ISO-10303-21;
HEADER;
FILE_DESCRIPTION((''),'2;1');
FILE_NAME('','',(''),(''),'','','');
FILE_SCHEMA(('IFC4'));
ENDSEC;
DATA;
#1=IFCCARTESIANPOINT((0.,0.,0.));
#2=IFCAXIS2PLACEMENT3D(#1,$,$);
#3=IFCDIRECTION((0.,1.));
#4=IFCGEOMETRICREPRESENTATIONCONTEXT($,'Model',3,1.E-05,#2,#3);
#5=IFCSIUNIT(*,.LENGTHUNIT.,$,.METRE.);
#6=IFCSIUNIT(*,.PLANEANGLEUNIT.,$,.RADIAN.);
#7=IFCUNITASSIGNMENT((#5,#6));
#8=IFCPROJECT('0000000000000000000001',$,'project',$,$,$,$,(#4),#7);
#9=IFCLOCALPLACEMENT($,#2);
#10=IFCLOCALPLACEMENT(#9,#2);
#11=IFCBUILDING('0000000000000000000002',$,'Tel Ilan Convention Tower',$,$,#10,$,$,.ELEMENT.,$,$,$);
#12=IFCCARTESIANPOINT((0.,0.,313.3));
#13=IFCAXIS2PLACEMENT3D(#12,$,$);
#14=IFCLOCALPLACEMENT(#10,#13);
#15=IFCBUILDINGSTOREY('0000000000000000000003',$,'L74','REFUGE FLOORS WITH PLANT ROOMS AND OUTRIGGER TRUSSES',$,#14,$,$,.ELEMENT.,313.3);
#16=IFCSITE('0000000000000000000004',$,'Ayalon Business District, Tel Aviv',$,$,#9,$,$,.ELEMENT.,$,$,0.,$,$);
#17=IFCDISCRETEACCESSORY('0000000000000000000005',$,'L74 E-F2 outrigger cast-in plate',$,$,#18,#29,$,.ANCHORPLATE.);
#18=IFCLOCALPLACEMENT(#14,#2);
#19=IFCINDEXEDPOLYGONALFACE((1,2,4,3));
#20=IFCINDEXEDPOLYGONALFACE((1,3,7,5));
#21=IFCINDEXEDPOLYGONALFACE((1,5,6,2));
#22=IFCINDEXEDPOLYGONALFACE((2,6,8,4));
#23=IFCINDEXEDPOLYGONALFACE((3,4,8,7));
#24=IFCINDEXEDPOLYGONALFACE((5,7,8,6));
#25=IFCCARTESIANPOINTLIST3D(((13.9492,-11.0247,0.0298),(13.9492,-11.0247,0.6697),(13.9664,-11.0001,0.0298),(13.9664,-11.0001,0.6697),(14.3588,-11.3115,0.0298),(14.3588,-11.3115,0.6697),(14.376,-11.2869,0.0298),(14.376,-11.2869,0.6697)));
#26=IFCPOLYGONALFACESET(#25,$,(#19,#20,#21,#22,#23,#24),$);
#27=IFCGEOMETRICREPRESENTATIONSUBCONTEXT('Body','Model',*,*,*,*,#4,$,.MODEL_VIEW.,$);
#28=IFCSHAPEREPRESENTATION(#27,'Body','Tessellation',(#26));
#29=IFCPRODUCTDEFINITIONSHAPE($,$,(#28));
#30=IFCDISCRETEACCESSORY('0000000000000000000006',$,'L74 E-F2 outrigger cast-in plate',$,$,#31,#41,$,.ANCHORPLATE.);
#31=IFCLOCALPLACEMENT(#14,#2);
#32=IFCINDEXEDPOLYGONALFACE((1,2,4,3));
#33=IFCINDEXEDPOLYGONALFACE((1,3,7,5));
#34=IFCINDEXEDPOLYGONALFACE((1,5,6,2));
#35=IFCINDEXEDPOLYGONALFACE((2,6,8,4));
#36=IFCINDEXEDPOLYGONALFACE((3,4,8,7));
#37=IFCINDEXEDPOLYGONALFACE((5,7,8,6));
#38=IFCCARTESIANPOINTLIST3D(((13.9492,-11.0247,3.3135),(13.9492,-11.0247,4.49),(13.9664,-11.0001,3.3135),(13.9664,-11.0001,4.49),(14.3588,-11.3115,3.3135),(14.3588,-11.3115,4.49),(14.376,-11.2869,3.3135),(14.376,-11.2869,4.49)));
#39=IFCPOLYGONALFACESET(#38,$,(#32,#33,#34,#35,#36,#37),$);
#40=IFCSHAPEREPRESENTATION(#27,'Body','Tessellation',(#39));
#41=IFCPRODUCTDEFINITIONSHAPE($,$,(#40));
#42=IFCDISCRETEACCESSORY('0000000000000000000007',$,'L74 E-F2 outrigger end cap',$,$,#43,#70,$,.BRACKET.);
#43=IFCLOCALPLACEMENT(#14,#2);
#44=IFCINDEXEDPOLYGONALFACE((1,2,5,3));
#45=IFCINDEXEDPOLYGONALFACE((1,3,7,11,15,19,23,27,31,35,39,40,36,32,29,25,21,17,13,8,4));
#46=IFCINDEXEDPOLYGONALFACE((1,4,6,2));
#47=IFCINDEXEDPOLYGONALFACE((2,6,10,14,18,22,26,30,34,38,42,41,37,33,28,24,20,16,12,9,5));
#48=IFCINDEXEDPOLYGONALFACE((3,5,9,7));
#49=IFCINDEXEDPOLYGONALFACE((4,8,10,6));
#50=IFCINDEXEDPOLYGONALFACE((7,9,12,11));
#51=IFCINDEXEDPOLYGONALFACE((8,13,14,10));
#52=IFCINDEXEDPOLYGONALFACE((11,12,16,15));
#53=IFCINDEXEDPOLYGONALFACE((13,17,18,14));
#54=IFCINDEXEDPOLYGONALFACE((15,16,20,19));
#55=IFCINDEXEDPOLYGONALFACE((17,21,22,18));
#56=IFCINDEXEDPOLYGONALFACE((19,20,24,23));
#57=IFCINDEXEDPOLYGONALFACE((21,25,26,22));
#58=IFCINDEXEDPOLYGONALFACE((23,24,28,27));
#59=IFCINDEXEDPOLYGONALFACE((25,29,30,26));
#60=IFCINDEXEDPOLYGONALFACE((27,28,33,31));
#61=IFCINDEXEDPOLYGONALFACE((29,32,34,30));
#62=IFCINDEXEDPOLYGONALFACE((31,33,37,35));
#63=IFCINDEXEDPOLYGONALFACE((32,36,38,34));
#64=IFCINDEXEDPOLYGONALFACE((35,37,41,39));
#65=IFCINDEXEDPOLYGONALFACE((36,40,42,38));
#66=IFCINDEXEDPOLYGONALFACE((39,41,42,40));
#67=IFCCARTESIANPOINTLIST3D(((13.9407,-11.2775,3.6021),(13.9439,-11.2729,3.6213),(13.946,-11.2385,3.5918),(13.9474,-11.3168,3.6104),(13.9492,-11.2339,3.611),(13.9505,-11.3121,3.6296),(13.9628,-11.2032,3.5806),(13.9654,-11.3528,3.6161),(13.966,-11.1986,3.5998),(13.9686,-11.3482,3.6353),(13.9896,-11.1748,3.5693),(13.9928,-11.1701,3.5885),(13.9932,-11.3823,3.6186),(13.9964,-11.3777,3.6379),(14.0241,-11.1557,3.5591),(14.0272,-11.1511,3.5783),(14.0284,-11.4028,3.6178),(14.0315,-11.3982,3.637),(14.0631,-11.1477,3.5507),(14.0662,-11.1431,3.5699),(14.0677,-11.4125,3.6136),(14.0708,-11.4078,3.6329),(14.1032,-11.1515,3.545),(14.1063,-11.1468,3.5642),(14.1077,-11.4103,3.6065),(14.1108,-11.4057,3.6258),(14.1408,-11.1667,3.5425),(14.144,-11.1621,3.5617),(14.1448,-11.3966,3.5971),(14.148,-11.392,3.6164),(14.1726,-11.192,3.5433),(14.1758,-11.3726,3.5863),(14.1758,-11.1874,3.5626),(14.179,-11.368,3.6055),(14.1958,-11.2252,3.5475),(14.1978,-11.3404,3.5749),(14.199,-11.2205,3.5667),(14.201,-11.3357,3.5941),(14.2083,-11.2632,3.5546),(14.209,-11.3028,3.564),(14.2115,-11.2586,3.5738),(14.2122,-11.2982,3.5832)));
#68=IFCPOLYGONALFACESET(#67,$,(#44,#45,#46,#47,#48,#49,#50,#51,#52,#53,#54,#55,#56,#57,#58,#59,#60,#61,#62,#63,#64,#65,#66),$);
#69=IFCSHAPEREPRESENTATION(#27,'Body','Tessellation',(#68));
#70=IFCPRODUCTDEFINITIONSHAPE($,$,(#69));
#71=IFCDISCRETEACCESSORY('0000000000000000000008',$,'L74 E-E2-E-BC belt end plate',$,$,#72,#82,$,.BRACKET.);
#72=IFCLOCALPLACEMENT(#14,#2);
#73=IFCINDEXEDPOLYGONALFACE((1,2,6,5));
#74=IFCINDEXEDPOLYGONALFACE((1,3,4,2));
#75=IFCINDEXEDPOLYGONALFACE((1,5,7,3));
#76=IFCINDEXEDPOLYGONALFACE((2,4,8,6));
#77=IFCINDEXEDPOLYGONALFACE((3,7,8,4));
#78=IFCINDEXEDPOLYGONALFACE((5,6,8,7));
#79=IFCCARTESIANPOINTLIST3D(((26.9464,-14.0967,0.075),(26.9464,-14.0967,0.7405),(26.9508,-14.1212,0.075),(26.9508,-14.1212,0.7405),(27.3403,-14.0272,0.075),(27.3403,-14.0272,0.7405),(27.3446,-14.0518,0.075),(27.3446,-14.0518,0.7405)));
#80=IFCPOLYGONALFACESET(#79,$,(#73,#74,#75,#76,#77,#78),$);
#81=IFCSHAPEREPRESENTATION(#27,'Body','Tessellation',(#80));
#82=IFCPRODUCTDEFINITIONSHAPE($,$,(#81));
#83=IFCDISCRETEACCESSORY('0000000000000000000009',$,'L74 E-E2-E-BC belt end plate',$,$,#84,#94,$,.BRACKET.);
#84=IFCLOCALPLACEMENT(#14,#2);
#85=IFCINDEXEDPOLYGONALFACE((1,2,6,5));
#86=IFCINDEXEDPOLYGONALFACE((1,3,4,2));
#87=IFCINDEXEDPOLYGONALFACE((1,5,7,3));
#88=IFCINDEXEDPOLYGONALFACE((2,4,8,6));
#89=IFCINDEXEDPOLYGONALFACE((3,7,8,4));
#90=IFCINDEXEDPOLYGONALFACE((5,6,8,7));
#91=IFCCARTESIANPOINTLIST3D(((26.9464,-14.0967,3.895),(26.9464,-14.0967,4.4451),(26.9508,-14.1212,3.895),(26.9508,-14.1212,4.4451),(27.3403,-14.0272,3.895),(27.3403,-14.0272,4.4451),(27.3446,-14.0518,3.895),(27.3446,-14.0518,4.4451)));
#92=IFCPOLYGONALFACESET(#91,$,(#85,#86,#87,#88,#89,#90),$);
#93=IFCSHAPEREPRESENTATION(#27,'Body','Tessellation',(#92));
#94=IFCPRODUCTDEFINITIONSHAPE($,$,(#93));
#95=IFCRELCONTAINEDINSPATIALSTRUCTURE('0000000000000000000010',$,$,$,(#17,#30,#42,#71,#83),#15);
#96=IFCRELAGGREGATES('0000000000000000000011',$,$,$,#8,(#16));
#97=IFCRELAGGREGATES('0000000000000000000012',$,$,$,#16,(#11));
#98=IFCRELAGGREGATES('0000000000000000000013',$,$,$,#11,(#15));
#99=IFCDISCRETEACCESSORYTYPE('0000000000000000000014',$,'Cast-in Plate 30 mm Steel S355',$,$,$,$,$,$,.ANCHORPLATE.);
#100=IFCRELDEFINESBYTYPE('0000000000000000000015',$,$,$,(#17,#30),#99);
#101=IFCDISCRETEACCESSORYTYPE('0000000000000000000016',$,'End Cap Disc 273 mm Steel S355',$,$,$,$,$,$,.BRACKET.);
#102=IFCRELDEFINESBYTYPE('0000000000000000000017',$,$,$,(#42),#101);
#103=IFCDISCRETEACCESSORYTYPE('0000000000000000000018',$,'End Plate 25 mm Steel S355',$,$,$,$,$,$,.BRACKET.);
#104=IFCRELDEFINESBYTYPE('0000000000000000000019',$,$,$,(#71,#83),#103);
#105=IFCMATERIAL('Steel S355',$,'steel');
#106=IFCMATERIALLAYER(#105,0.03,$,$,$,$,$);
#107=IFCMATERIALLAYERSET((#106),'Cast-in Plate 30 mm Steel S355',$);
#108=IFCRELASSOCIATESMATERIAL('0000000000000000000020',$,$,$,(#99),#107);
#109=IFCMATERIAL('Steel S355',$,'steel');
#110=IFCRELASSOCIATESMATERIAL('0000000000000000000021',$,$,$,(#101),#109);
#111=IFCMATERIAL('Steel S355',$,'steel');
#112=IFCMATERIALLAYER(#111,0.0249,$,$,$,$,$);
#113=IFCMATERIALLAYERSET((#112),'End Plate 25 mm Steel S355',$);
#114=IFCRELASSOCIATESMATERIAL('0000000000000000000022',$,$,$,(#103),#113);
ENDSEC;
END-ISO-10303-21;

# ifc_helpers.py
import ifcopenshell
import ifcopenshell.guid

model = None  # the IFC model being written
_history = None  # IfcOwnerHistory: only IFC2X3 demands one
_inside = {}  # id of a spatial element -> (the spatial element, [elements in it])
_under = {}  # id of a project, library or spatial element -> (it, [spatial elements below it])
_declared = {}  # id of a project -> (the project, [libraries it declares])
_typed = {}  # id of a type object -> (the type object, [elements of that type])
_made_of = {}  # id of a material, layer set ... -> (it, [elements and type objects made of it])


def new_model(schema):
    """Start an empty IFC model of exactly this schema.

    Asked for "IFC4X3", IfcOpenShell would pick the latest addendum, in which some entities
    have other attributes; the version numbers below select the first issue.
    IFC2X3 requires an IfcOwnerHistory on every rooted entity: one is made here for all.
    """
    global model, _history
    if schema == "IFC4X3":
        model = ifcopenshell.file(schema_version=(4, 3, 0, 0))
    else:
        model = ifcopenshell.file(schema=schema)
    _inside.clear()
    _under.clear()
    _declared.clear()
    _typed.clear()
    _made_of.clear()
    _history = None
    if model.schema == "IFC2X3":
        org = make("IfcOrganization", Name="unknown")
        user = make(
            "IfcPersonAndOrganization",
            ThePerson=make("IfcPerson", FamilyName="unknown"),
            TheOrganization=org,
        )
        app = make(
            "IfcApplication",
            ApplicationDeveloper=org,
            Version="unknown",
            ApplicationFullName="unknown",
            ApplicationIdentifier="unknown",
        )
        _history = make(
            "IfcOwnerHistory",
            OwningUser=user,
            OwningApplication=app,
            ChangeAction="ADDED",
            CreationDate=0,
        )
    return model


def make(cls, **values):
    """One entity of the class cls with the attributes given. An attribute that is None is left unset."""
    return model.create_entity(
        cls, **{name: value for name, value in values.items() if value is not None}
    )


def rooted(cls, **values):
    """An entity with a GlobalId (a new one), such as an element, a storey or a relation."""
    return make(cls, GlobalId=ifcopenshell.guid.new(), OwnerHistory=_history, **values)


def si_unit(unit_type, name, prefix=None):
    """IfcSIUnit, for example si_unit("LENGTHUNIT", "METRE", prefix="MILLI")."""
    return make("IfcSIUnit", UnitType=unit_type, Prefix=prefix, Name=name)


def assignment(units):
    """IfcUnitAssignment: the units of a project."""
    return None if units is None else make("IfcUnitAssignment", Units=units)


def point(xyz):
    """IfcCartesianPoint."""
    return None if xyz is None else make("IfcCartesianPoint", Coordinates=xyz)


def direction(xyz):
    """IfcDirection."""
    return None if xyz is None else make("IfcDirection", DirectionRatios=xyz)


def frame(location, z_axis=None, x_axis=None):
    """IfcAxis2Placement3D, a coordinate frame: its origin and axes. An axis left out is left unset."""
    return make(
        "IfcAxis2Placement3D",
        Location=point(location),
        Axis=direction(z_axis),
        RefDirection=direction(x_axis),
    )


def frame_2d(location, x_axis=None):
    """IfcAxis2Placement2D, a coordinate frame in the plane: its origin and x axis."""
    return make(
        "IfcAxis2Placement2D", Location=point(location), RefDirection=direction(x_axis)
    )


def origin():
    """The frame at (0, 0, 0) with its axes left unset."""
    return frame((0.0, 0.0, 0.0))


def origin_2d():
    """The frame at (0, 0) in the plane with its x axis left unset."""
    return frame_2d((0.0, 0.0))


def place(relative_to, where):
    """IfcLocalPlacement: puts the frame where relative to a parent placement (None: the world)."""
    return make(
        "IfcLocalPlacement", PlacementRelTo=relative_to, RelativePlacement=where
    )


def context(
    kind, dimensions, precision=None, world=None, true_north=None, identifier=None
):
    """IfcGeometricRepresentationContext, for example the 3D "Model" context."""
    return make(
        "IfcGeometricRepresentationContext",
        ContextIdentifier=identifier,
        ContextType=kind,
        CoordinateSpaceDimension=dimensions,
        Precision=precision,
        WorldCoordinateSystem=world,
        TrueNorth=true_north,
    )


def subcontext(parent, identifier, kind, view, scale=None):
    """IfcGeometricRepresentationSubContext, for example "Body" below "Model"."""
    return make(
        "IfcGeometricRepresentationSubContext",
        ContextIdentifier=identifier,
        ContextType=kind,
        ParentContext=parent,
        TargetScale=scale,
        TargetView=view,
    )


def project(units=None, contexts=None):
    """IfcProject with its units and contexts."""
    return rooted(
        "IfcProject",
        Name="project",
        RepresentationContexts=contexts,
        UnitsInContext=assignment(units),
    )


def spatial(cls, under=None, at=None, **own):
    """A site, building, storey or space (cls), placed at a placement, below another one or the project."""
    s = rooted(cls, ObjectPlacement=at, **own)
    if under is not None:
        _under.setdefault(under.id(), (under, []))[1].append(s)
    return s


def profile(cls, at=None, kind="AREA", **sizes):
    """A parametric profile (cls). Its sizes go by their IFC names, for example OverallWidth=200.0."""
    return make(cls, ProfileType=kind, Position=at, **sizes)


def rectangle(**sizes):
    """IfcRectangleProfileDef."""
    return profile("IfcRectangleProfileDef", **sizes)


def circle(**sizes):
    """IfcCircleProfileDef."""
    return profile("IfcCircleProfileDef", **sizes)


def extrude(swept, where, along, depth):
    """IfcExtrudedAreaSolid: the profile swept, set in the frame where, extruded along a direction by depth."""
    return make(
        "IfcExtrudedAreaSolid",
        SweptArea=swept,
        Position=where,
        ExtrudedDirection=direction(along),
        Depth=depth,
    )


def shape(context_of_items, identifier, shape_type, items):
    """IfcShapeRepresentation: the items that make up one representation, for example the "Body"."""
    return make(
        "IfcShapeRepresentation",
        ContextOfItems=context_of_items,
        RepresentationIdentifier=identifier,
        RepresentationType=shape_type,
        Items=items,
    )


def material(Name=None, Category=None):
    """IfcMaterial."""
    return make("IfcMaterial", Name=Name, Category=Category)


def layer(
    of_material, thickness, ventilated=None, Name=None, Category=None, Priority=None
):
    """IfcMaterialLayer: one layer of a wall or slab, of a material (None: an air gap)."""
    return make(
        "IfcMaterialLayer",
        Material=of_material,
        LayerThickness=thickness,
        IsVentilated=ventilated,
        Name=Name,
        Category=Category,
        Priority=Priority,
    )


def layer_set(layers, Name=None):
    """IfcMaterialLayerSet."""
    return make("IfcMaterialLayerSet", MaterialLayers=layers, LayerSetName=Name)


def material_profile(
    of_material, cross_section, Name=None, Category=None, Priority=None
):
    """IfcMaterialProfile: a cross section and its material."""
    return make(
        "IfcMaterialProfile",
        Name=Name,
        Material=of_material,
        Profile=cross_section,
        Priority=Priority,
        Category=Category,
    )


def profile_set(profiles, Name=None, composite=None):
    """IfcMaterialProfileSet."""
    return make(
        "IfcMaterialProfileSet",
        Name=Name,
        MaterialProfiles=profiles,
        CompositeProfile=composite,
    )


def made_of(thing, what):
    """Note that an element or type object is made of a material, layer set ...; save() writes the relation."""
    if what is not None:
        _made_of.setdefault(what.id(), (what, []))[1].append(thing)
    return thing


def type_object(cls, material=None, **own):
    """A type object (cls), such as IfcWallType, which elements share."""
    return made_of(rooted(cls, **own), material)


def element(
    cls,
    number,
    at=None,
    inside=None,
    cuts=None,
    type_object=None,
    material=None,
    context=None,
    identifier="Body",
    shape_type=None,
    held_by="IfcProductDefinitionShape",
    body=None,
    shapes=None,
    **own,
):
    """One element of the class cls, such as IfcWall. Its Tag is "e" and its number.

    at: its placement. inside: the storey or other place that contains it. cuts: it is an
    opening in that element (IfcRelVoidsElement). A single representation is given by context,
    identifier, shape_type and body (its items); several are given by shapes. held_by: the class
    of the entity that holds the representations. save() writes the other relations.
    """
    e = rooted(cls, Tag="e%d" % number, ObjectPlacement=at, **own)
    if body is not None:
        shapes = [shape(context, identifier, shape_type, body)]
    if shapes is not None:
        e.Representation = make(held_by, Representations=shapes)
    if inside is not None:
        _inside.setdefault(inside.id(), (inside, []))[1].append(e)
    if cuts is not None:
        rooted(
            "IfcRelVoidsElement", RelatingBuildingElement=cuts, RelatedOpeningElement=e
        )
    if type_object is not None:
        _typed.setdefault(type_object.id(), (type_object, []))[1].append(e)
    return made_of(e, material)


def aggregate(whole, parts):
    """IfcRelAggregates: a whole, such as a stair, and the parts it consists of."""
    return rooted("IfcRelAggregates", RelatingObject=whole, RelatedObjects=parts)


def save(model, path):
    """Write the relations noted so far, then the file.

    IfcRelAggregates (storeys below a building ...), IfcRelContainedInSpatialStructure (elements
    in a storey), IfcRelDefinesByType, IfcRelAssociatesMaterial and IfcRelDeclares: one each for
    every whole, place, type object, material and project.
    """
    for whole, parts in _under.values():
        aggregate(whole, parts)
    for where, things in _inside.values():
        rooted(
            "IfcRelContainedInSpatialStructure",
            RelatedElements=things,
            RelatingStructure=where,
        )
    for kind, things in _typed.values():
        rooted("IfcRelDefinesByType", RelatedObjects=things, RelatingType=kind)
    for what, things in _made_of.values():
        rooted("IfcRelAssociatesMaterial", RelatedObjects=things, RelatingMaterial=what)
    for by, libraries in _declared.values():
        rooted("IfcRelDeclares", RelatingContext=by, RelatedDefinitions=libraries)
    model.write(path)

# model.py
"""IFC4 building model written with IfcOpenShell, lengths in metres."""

from ifc_helpers import new_model, si_unit, direction, frame, origin, origin_2d, place, context, subcontext, project, spatial, rectangle, circle, extrude, material, layer, layer_set, material_profile, profile_set, type_object, element, save


model = new_model("IFC4")

# Units and contexts
model_context = context("Model", 3, precision=1e-05, world=origin(), true_north=direction((0.0, 1.0)))
body_context = subcontext(model_context, "Body", "Model", "MODEL_VIEW")
ifc_project = project(units=[si_unit("LENGTHUNIT", "METRE"), si_unit("PLANEANGLEUNIT", "RADIAN")], contexts=[model_context])

# Site, building, storey
site_placement = place(None, origin())
site = spatial("IfcSite", under=ifc_project, at=site_placement, Name="Ayalon Business District, Tel Aviv", CompositionType="ELEMENT", RefElevation=0.0)
building_placement = place(site_placement, origin())
building = spatial("IfcBuilding", under=site, at=building_placement, Name="Tel Ilan Convention Tower", CompositionType="ELEMENT")
storey_placement = place(building_placement, frame((0.0, 0.0, 313.3)))
storey = spatial("IfcBuildingStorey", under=building, at=storey_placement, Name="L74", Description="REFUGE FLOORS WITH PLANT ROOMS AND OUTRIGGER TRUSSES", CompositionType="ELEMENT", Elevation=313.3)

# Discrete accessories
ifc_material_1 = material(Name="Steel S355", Category="steel")
ifc_layer_1 = layer(ifc_material_1, 0.03)
ifc_layer_set_1 = layer_set([ifc_layer_1], Name="Cast-in Plate 30 mm Steel S355")
discrete_accessory_type_1 = type_object("IfcDiscreteAccessoryType", Name="Cast-in Plate 30 mm Steel S355", PredefinedType="ANCHORPLATE", material=ifc_layer_set_1)
discrete_accessory_1_placement = place(storey_placement, frame((14.1626, -11.1558, 0.0298), z_axis=(0.0, 0.0, 1.0), x_axis=(0.573576, 0.819152, 0.0)))
element("IfcDiscreteAccessory", 1, at=discrete_accessory_1_placement, inside=storey, type_object=discrete_accessory_type_1, Name="L74 E-F2 outrigger cast-in plate", PredefinedType="ANCHORPLATE", context=body_context, shape_type="SweptSolid", body=[
    extrude(rectangle(XDim=0.03, YDim=0.5, at=origin_2d()), origin(), (0.0, 0.0, 1.0), 0.6399),
])
discrete_accessory_2_placement = place(storey_placement, frame((14.1626, -11.1558, 3.3135), z_axis=(0.0, 0.0, 1.0), x_axis=(0.573576, 0.819152, 0.0)))
element("IfcDiscreteAccessory", 2, at=discrete_accessory_2_placement, inside=storey, type_object=discrete_accessory_type_1, Name="L74 E-F2 outrigger cast-in plate", PredefinedType="ANCHORPLATE", context=body_context, shape_type="SweptSolid", body=[
    extrude(rectangle(XDim=0.03, YDim=0.5, at=origin_2d()), origin(), (0.0, 0.0, 1.0), 1.1765),
])
ifc_material_2 = material(Name="Steel S355", Category="steel")
ifc_material_profile_1 = material_profile(ifc_material_2, circle(Radius=0.1365, at=origin_2d()), Name="End Cap Disc 273 mm Steel S355")
ifc_profile_set_1 = profile_set([ifc_material_profile_1], Name="Steel S355")
discrete_accessory_type_2 = type_object("IfcDiscreteAccessoryType", Name="End Cap Disc 273 mm Steel S355", PredefinedType="BRACKET", material=ifc_profile_set_1)
discrete_accessory_3_placement = place(storey_placement, frame((14.0754, -11.2803, 3.5806), z_axis=(0.157985, 0.230902, 0.960065), x_axis=(-0.825307, 0.564684, 0.0)))
element("IfcDiscreteAccessory", 3, at=discrete_accessory_3_placement, inside=storey, type_object=discrete_accessory_type_2, Name="L74 E-F2 outrigger end cap", PredefinedType="BRACKET", context=body_context, shape_type="SweptSolid", body=[
    extrude(circle(Radius=0.1365, at=origin_2d()), origin(), (0.0, 0.0, 1.0), 0.02),
])
ifc_material_3 = material(Name="Steel S355", Category="steel")
ifc_layer_2 = layer(ifc_material_3, 0.0249)
ifc_layer_set_2 = layer_set([ifc_layer_2], Name="End Plate 25 mm Steel S355")
discrete_accessory_type_3 = type_object("IfcDiscreteAccessoryType", Name="End Plate 25 mm Steel S355", PredefinedType="BRACKET", material=ifc_layer_set_2)
discrete_accessory_4_placement = place(storey_placement, frame((27.1455, -14.0742, 0.075), z_axis=(0.0, 0.0, 1.0), x_axis=(-0.173648, 0.984808, 0.0)))
element("IfcDiscreteAccessory", 4, at=discrete_accessory_4_placement, inside=storey, type_object=discrete_accessory_type_3, Name="L74 E-E2-E-BC belt end plate", PredefinedType="BRACKET", context=body_context, shape_type="SweptSolid", body=[
    extrude(rectangle(XDim=0.0249, YDim=0.3999, at=origin_2d()), origin(), (0.0, 0.0, 1.0), 0.6655),
])
discrete_accessory_5_placement = place(storey_placement, frame((27.1455, -14.0742, 3.895), z_axis=(0.0, 0.0, 1.0), x_axis=(-0.173648, 0.984808, 0.0)))
element("IfcDiscreteAccessory", 5, at=discrete_accessory_5_placement, inside=storey, type_object=discrete_accessory_type_3, Name="L74 E-E2-E-BC belt end plate", PredefinedType="BRACKET", context=body_context, shape_type="SweptSolid", body=[
    extrude(rectangle(XDim=0.0249, YDim=0.3999, at=origin_2d()), origin(), (0.0, 0.0, 1.0), 0.55),
])

save(model, "model.ifc")
